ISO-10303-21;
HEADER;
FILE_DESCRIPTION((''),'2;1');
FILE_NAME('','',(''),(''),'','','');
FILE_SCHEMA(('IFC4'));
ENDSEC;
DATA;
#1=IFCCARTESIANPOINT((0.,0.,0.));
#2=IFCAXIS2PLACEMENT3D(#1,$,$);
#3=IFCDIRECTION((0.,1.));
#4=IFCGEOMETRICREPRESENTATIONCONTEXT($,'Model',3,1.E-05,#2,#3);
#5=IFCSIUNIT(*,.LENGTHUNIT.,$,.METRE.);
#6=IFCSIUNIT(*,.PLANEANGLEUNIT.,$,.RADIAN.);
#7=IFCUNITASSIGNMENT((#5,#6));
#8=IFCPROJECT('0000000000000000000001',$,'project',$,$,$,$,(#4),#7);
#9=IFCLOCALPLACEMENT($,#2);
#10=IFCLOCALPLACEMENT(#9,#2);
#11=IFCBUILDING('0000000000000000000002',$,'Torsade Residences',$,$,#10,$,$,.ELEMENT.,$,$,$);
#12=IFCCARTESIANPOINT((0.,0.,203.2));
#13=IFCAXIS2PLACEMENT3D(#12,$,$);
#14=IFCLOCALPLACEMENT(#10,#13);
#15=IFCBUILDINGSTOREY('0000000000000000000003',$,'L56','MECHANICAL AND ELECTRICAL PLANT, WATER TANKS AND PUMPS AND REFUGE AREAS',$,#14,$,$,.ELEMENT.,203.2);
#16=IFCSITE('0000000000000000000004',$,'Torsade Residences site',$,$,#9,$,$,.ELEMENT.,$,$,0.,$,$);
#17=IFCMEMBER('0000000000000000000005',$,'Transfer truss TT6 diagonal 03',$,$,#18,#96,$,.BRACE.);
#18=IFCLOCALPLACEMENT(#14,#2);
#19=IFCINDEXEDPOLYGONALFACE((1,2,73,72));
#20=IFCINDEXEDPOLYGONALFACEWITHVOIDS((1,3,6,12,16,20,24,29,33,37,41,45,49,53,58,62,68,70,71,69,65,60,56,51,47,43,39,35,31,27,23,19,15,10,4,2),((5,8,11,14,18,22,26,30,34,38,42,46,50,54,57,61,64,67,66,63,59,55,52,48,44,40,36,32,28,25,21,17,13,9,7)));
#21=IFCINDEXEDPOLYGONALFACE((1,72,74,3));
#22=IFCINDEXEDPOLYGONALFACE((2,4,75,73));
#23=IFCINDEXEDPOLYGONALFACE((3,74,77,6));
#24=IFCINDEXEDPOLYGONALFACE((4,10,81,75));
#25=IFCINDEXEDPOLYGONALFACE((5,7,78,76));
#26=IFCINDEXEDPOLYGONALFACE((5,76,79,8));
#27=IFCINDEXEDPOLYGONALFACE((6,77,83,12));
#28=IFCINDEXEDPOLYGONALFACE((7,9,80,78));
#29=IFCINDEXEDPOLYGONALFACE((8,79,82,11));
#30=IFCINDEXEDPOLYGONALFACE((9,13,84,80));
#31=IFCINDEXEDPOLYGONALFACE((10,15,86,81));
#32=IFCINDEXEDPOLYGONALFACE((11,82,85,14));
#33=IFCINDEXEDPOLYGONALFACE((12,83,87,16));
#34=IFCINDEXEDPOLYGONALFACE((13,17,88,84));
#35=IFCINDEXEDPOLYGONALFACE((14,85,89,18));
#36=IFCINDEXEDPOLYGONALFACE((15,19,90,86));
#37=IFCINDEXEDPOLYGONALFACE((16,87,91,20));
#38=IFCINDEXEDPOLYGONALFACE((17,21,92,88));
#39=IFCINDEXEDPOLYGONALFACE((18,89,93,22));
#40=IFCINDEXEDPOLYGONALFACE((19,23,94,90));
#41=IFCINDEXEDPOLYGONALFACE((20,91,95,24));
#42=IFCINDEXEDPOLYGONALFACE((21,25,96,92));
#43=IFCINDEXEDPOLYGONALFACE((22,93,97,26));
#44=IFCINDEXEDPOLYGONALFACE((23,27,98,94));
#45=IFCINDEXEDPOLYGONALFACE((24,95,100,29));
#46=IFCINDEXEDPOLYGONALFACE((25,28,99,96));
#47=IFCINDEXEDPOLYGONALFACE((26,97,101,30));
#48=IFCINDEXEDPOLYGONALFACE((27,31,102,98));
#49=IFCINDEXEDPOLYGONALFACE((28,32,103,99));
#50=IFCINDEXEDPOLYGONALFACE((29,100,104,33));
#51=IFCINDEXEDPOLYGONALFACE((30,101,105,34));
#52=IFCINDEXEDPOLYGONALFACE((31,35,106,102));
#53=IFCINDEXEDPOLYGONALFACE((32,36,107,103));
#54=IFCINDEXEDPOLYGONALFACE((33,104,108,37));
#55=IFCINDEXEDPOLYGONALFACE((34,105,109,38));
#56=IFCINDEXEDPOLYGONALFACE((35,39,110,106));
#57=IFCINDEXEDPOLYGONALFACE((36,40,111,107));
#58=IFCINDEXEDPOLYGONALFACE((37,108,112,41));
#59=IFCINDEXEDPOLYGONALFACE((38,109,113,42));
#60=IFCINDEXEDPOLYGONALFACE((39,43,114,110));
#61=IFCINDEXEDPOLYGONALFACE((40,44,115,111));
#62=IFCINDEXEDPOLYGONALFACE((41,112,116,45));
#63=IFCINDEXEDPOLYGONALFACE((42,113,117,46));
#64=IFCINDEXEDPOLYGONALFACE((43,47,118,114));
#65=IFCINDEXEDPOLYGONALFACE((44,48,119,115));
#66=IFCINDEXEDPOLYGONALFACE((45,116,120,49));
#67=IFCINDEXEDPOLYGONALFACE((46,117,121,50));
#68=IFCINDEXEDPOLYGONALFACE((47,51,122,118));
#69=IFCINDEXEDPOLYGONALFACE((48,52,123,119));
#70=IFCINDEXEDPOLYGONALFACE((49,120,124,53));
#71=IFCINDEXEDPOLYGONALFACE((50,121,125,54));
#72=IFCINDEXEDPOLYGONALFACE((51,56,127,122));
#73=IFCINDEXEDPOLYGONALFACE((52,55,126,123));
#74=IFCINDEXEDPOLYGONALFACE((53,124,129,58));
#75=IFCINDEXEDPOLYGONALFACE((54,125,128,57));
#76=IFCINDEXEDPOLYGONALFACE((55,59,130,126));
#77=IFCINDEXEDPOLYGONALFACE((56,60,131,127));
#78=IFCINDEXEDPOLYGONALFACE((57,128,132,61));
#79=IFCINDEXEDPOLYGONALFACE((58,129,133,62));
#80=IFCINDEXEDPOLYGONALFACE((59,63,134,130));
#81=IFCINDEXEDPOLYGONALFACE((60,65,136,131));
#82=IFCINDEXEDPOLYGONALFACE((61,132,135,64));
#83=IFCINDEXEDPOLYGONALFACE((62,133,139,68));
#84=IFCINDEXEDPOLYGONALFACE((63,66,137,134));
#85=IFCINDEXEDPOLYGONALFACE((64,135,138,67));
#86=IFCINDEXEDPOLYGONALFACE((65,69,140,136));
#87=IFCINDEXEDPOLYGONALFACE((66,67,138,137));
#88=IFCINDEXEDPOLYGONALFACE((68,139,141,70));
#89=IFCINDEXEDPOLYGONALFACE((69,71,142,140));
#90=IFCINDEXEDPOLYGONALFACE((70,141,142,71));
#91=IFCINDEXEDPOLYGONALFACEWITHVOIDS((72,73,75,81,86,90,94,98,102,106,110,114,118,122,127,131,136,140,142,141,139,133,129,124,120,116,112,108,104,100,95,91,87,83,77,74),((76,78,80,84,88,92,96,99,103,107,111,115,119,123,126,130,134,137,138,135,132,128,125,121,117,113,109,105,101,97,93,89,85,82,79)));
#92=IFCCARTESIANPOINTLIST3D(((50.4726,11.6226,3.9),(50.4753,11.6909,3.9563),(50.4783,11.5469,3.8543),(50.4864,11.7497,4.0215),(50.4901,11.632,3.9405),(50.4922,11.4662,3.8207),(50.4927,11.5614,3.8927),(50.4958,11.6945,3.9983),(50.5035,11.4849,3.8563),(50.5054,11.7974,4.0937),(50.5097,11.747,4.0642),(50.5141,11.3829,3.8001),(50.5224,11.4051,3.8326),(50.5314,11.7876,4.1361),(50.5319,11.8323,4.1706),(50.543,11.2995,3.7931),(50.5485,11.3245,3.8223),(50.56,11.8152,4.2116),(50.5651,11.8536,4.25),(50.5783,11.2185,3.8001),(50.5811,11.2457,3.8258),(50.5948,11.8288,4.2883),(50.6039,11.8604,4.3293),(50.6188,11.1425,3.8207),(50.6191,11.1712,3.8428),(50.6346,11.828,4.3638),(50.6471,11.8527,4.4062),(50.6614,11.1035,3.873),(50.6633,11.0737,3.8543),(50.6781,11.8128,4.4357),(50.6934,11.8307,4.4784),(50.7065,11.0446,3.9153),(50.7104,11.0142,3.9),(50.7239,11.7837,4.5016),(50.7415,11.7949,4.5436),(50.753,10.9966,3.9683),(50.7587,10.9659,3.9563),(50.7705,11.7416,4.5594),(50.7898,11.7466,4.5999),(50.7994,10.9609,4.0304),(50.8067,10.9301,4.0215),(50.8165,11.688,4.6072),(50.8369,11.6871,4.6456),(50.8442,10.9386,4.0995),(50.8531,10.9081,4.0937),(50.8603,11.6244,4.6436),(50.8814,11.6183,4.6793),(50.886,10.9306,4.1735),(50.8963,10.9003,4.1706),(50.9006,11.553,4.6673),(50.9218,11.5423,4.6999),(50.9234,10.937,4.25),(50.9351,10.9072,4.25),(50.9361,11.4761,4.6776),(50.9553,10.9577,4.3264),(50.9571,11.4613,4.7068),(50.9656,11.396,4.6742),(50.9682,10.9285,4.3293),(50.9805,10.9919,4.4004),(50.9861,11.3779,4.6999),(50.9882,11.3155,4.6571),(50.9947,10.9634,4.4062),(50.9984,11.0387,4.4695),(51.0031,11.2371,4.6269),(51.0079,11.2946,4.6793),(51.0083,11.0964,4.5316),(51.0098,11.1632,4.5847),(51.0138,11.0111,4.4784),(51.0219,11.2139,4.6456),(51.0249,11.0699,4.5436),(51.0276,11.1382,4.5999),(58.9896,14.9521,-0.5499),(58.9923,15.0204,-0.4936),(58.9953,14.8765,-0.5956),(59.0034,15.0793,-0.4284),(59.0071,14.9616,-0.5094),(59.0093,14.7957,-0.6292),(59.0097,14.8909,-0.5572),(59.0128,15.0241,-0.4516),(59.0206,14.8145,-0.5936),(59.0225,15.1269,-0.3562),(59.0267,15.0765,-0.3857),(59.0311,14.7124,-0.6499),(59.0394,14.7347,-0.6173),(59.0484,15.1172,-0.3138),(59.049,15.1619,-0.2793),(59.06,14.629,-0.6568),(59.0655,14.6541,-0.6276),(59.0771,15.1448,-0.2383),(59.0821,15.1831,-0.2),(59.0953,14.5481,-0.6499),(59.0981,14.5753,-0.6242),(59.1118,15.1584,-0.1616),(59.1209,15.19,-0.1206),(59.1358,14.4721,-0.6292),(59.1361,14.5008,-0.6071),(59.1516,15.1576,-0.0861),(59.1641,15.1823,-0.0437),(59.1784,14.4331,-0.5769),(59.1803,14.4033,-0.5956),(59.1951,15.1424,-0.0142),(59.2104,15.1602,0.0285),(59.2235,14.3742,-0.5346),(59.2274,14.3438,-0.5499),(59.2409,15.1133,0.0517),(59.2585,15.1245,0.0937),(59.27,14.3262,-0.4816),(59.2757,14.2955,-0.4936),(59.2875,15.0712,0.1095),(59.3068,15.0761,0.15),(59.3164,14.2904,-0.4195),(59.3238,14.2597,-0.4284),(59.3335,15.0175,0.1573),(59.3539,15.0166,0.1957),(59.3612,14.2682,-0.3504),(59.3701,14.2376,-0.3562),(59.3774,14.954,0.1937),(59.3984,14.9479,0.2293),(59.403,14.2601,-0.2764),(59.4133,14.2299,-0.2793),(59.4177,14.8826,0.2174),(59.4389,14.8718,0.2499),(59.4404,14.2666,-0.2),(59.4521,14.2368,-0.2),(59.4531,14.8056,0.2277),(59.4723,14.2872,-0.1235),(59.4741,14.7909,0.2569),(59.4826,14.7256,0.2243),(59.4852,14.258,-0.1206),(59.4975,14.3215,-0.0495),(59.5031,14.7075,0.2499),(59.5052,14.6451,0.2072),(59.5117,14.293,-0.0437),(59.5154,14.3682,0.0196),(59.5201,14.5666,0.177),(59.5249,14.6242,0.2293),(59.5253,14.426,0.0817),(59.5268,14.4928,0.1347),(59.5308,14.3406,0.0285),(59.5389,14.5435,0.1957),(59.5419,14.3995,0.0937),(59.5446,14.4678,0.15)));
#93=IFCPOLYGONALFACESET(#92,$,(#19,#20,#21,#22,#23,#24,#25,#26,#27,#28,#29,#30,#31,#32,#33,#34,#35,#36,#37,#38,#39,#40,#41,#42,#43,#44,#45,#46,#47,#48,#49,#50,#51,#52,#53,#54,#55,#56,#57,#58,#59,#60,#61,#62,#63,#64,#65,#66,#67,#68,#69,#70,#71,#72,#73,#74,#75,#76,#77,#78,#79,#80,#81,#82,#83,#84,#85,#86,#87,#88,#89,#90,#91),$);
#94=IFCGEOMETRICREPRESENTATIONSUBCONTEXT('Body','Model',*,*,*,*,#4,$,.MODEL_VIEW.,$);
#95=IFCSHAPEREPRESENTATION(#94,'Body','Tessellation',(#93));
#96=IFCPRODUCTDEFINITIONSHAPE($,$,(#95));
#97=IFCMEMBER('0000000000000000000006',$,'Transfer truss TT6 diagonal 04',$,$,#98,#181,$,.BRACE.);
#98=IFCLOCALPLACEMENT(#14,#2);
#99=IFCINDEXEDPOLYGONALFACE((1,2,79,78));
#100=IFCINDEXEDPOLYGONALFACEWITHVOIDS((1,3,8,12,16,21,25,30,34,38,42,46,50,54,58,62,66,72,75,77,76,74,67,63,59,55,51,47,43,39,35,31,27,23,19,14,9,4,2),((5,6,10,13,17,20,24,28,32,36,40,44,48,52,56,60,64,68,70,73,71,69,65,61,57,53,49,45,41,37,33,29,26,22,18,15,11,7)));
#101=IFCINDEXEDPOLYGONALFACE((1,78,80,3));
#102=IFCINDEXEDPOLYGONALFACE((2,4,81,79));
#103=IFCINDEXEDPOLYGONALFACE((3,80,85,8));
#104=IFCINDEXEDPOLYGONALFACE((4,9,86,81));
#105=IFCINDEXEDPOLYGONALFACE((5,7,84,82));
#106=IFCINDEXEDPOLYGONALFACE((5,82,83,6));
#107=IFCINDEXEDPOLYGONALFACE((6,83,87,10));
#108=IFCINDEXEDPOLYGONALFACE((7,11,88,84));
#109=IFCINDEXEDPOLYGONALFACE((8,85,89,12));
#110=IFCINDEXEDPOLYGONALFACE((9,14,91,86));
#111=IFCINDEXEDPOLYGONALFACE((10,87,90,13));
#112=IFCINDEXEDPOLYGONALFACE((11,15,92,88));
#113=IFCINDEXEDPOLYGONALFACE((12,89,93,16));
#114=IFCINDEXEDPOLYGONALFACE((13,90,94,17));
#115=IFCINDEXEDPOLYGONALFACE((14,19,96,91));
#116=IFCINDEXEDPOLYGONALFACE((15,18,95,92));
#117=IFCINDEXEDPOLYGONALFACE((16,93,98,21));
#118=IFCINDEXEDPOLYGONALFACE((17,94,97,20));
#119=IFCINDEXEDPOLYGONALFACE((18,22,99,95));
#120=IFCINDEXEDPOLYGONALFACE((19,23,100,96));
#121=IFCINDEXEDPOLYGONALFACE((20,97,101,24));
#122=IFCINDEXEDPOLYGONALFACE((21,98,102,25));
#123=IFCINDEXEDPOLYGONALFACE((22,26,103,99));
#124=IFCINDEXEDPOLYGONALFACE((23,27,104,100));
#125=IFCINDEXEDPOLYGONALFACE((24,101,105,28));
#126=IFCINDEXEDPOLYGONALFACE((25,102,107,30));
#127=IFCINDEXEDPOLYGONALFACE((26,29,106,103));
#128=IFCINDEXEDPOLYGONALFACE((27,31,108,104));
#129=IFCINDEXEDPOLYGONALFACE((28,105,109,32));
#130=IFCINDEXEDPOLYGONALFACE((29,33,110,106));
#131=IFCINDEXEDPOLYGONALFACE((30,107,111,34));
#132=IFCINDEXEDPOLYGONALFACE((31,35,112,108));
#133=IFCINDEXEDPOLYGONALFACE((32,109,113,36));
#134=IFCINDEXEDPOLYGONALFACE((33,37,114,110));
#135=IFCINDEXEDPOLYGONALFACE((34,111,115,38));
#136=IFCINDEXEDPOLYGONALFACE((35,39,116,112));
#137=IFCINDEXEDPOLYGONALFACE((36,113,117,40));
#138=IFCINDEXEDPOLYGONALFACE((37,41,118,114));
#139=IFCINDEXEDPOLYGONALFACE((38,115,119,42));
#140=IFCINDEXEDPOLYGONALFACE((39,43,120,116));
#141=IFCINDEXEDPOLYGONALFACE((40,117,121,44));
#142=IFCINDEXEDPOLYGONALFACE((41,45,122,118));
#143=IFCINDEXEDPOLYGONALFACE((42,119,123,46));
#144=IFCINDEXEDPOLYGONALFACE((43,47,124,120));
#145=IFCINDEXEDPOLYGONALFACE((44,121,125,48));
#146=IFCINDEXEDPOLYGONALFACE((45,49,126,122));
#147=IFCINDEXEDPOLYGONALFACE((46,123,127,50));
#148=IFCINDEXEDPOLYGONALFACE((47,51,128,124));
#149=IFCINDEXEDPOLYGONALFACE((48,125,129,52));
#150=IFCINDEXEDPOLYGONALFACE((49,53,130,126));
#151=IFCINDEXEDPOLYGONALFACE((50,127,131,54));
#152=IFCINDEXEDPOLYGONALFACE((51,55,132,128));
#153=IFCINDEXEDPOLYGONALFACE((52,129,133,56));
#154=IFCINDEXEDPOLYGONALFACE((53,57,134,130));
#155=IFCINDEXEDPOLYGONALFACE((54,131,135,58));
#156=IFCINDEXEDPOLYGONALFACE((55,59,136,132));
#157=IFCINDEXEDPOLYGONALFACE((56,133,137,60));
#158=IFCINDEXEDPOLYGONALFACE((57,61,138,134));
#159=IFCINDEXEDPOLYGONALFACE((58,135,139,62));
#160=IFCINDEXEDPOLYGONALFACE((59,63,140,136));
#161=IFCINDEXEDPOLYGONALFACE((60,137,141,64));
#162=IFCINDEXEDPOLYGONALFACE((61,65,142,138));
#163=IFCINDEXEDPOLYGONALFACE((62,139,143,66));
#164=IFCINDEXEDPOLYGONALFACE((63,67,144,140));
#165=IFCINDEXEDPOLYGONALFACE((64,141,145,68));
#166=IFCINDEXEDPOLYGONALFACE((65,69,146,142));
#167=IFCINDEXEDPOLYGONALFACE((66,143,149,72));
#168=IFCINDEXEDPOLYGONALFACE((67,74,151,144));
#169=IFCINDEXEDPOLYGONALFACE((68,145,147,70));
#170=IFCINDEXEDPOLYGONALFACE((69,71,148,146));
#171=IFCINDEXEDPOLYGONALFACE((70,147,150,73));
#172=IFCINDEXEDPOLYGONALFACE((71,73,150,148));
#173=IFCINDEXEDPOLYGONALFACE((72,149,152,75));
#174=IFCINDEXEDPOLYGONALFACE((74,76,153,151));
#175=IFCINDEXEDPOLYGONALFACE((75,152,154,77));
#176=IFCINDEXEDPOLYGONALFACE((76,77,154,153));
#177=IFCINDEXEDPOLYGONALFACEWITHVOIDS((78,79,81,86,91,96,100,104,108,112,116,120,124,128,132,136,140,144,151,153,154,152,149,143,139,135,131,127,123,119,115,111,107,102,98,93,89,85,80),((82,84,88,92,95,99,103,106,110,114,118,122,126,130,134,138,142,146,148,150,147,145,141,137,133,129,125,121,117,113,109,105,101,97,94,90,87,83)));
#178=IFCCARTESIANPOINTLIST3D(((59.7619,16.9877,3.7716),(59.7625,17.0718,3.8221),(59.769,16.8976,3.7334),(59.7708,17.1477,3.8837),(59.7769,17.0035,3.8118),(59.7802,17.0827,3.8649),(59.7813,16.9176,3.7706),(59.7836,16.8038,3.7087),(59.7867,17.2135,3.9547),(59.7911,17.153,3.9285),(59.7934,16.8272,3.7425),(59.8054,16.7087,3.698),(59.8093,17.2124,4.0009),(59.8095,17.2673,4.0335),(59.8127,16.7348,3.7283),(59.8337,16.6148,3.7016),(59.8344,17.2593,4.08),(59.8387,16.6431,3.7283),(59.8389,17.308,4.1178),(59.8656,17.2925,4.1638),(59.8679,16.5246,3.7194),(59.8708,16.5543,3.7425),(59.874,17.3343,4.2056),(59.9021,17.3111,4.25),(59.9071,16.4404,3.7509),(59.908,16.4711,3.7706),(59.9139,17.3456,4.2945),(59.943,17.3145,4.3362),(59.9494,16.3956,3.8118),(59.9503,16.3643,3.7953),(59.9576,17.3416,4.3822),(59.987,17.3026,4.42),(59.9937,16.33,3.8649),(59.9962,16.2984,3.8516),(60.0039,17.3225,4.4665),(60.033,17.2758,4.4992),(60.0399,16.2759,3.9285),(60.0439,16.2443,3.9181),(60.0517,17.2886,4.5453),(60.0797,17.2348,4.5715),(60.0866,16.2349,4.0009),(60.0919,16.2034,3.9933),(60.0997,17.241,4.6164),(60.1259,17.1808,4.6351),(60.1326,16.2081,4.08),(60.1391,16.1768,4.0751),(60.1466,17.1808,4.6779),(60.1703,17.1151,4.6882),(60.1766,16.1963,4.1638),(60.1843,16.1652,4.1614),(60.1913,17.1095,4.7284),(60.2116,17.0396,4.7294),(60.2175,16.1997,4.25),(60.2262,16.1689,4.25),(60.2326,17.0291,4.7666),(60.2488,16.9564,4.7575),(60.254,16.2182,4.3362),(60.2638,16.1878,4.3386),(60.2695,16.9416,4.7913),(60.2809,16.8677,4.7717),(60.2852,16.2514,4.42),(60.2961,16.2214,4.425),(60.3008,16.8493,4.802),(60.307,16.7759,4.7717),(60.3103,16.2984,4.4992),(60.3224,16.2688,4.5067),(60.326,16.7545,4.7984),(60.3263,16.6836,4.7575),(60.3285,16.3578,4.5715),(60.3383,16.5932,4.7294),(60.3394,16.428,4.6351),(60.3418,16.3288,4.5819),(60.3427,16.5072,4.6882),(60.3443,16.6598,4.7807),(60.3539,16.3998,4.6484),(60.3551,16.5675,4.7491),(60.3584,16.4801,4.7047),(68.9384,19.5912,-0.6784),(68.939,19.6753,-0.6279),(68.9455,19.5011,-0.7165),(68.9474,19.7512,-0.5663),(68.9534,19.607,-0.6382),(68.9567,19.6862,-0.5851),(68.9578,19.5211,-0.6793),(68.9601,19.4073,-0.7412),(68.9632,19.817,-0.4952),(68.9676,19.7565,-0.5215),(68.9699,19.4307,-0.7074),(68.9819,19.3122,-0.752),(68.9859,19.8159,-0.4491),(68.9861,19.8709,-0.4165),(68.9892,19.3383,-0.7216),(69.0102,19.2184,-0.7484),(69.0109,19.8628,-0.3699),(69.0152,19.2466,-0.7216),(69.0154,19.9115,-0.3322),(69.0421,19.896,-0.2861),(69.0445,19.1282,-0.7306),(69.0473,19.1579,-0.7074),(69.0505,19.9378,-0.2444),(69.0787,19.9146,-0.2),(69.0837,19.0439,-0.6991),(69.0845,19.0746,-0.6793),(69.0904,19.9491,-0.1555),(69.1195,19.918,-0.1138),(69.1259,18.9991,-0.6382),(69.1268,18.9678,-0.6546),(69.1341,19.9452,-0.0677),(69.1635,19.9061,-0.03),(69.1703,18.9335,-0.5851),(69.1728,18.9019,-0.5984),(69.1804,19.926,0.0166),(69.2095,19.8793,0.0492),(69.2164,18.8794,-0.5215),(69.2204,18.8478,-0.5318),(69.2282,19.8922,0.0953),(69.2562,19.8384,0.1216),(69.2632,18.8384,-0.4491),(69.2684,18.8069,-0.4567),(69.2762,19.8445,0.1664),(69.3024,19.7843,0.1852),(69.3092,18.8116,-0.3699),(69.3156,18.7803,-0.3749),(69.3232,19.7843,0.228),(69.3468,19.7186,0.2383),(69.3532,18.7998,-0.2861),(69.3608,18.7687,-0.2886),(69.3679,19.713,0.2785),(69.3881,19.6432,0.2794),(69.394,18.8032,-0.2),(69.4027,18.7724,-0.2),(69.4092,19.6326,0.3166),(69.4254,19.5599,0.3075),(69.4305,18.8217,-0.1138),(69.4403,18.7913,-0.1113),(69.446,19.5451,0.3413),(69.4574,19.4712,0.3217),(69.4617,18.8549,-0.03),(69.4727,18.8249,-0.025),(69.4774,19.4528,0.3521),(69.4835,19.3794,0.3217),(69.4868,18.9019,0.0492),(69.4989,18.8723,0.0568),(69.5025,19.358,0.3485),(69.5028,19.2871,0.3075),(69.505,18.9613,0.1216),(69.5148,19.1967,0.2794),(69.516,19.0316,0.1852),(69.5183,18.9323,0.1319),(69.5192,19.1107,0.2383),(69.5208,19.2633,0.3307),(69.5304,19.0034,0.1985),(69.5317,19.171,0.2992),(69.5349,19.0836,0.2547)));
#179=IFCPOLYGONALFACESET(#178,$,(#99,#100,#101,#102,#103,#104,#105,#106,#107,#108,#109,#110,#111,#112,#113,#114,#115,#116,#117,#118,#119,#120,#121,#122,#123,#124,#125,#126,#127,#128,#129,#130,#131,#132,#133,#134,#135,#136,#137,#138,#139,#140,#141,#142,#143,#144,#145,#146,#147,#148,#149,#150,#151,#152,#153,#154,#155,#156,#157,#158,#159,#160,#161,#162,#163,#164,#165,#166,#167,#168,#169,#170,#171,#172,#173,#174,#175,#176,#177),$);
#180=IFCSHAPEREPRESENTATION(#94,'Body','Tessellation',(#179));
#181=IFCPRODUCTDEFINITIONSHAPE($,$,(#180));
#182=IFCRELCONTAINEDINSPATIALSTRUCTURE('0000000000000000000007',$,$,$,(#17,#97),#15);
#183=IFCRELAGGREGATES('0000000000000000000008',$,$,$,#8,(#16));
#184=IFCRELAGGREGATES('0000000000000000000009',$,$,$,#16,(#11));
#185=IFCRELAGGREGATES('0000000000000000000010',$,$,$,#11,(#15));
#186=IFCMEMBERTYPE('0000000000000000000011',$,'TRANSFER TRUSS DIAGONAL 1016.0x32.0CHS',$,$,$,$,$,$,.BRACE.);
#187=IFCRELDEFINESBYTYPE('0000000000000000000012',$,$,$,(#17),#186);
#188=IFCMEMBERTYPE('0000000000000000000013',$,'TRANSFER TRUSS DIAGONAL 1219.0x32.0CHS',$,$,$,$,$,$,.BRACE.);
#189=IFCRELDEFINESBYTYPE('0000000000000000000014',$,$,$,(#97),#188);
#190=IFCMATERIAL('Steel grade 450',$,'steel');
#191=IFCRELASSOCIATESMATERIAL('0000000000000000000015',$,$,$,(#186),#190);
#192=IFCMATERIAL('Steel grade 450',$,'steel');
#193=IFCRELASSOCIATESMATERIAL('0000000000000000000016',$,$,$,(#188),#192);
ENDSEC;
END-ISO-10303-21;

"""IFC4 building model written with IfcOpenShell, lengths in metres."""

from ifc_helpers import new_model, si_unit, direction, frame, origin, origin_2d, place, context, subcontext, project, spatial, hollow_circle, extrude, material, material_profile, profile_set, type_object, element, save


model = new_model("IFC4")

# Units and contexts
model_context = context("Model", 3, precision=1e-05, world=origin(), true_north=direction((0.0, 1.0)))
body_context = subcontext(model_context, "Body", "Model", "MODEL_VIEW")
ifc_project = project(units=[si_unit("LENGTHUNIT", "METRE"), si_unit("PLANEANGLEUNIT", "RADIAN")], contexts=[model_context])

# Site, building, storey
site_placement = place(None, origin())
site = spatial("IfcSite", under=ifc_project, at=site_placement, Name="Torsade Residences site", CompositionType="ELEMENT", RefElevation=0.0)
building_placement = place(site_placement, origin())
building = spatial("IfcBuilding", under=site, at=building_placement, Name="Torsade Residences", CompositionType="ELEMENT")
storey_placement = place(building_placement, frame((0.0, 0.0, 203.2)))
storey = spatial("IfcBuildingStorey", under=building, at=storey_placement, Name="L56", Description="MECHANICAL AND ELECTRICAL PLANT, WATER TANKS AND PUMPS AND REFUGE AREAS", CompositionType="ELEMENT", Elevation=203.2)

# Members
ifc_material_1 = material(Name="Steel grade 450", Category="steel")
ifc_material_profile_1 = material_profile(ifc_material_1, hollow_circle(Radius=0.5081, WallThickness=0.032, at=origin_2d()), Name="1016.0x32.0CHS")
ifc_profile_set_1 = profile_set([ifc_material_profile_1], Name="Steel grade 450")
member_type_1 = type_object("IfcMemberType", Name="TRANSFER TRUSS DIAGONAL 1016.0x32.0CHS", PredefinedType="BRACE", material=ifc_profile_set_1)
member_1_placement = place(storey_placement, frame((59.2671, 14.71, -0.2), z_axis=(-0.837471, -0.327393, 0.437556), x_axis=(0.364097, -0.931361, 0.0)))
element("IfcMember", 1, at=member_1_placement, inside=storey, type_object=member_type_1, Name="Transfer truss TT6 diagonal 03", PredefinedType="BRACE", context=body_context, shape_type="SweptSolid", body=[
    extrude(hollow_circle(Radius=0.5081, WallThickness=0.032, at=origin_2d()), origin(), (0.0, 0.0, 1.0), 10.1699),
])
ifc_material_2 = material(Name="Steel grade 450", Category="steel")
ifc_material_profile_2 = material_profile(ifc_material_2, hollow_circle(Radius=0.6096, WallThickness=0.032, at=origin_2d()), Name="1219.0x32.0CHS")
ifc_profile_set_2 = profile_set([ifc_material_profile_2], Name="Steel grade 450")
member_type_2 = type_object("IfcMemberType", Name="TRANSFER TRUSS DIAGONAL 1219.0x32.0CHS", PredefinedType="BRACE", material=ifc_profile_set_2)
member_2_placement = place(storey_placement, frame((69.2363, 19.3589, -0.2), z_axis=(-0.871826, -0.24735, 0.422773), x_axis=(0.272943, -0.96203, 0.0)))
element("IfcMember", 2, at=member_2_placement, inside=storey, type_object=member_type_2, Name="Transfer truss TT6 diagonal 04", PredefinedType="BRACE", context=body_context, shape_type="SweptSolid", body=[
    extrude(hollow_circle(Radius=0.6096, WallThickness=0.032, at=origin_2d()), origin(), (0.0, 0.0, 1.0), 10.5256),
])

save(model, "model.ifc")
